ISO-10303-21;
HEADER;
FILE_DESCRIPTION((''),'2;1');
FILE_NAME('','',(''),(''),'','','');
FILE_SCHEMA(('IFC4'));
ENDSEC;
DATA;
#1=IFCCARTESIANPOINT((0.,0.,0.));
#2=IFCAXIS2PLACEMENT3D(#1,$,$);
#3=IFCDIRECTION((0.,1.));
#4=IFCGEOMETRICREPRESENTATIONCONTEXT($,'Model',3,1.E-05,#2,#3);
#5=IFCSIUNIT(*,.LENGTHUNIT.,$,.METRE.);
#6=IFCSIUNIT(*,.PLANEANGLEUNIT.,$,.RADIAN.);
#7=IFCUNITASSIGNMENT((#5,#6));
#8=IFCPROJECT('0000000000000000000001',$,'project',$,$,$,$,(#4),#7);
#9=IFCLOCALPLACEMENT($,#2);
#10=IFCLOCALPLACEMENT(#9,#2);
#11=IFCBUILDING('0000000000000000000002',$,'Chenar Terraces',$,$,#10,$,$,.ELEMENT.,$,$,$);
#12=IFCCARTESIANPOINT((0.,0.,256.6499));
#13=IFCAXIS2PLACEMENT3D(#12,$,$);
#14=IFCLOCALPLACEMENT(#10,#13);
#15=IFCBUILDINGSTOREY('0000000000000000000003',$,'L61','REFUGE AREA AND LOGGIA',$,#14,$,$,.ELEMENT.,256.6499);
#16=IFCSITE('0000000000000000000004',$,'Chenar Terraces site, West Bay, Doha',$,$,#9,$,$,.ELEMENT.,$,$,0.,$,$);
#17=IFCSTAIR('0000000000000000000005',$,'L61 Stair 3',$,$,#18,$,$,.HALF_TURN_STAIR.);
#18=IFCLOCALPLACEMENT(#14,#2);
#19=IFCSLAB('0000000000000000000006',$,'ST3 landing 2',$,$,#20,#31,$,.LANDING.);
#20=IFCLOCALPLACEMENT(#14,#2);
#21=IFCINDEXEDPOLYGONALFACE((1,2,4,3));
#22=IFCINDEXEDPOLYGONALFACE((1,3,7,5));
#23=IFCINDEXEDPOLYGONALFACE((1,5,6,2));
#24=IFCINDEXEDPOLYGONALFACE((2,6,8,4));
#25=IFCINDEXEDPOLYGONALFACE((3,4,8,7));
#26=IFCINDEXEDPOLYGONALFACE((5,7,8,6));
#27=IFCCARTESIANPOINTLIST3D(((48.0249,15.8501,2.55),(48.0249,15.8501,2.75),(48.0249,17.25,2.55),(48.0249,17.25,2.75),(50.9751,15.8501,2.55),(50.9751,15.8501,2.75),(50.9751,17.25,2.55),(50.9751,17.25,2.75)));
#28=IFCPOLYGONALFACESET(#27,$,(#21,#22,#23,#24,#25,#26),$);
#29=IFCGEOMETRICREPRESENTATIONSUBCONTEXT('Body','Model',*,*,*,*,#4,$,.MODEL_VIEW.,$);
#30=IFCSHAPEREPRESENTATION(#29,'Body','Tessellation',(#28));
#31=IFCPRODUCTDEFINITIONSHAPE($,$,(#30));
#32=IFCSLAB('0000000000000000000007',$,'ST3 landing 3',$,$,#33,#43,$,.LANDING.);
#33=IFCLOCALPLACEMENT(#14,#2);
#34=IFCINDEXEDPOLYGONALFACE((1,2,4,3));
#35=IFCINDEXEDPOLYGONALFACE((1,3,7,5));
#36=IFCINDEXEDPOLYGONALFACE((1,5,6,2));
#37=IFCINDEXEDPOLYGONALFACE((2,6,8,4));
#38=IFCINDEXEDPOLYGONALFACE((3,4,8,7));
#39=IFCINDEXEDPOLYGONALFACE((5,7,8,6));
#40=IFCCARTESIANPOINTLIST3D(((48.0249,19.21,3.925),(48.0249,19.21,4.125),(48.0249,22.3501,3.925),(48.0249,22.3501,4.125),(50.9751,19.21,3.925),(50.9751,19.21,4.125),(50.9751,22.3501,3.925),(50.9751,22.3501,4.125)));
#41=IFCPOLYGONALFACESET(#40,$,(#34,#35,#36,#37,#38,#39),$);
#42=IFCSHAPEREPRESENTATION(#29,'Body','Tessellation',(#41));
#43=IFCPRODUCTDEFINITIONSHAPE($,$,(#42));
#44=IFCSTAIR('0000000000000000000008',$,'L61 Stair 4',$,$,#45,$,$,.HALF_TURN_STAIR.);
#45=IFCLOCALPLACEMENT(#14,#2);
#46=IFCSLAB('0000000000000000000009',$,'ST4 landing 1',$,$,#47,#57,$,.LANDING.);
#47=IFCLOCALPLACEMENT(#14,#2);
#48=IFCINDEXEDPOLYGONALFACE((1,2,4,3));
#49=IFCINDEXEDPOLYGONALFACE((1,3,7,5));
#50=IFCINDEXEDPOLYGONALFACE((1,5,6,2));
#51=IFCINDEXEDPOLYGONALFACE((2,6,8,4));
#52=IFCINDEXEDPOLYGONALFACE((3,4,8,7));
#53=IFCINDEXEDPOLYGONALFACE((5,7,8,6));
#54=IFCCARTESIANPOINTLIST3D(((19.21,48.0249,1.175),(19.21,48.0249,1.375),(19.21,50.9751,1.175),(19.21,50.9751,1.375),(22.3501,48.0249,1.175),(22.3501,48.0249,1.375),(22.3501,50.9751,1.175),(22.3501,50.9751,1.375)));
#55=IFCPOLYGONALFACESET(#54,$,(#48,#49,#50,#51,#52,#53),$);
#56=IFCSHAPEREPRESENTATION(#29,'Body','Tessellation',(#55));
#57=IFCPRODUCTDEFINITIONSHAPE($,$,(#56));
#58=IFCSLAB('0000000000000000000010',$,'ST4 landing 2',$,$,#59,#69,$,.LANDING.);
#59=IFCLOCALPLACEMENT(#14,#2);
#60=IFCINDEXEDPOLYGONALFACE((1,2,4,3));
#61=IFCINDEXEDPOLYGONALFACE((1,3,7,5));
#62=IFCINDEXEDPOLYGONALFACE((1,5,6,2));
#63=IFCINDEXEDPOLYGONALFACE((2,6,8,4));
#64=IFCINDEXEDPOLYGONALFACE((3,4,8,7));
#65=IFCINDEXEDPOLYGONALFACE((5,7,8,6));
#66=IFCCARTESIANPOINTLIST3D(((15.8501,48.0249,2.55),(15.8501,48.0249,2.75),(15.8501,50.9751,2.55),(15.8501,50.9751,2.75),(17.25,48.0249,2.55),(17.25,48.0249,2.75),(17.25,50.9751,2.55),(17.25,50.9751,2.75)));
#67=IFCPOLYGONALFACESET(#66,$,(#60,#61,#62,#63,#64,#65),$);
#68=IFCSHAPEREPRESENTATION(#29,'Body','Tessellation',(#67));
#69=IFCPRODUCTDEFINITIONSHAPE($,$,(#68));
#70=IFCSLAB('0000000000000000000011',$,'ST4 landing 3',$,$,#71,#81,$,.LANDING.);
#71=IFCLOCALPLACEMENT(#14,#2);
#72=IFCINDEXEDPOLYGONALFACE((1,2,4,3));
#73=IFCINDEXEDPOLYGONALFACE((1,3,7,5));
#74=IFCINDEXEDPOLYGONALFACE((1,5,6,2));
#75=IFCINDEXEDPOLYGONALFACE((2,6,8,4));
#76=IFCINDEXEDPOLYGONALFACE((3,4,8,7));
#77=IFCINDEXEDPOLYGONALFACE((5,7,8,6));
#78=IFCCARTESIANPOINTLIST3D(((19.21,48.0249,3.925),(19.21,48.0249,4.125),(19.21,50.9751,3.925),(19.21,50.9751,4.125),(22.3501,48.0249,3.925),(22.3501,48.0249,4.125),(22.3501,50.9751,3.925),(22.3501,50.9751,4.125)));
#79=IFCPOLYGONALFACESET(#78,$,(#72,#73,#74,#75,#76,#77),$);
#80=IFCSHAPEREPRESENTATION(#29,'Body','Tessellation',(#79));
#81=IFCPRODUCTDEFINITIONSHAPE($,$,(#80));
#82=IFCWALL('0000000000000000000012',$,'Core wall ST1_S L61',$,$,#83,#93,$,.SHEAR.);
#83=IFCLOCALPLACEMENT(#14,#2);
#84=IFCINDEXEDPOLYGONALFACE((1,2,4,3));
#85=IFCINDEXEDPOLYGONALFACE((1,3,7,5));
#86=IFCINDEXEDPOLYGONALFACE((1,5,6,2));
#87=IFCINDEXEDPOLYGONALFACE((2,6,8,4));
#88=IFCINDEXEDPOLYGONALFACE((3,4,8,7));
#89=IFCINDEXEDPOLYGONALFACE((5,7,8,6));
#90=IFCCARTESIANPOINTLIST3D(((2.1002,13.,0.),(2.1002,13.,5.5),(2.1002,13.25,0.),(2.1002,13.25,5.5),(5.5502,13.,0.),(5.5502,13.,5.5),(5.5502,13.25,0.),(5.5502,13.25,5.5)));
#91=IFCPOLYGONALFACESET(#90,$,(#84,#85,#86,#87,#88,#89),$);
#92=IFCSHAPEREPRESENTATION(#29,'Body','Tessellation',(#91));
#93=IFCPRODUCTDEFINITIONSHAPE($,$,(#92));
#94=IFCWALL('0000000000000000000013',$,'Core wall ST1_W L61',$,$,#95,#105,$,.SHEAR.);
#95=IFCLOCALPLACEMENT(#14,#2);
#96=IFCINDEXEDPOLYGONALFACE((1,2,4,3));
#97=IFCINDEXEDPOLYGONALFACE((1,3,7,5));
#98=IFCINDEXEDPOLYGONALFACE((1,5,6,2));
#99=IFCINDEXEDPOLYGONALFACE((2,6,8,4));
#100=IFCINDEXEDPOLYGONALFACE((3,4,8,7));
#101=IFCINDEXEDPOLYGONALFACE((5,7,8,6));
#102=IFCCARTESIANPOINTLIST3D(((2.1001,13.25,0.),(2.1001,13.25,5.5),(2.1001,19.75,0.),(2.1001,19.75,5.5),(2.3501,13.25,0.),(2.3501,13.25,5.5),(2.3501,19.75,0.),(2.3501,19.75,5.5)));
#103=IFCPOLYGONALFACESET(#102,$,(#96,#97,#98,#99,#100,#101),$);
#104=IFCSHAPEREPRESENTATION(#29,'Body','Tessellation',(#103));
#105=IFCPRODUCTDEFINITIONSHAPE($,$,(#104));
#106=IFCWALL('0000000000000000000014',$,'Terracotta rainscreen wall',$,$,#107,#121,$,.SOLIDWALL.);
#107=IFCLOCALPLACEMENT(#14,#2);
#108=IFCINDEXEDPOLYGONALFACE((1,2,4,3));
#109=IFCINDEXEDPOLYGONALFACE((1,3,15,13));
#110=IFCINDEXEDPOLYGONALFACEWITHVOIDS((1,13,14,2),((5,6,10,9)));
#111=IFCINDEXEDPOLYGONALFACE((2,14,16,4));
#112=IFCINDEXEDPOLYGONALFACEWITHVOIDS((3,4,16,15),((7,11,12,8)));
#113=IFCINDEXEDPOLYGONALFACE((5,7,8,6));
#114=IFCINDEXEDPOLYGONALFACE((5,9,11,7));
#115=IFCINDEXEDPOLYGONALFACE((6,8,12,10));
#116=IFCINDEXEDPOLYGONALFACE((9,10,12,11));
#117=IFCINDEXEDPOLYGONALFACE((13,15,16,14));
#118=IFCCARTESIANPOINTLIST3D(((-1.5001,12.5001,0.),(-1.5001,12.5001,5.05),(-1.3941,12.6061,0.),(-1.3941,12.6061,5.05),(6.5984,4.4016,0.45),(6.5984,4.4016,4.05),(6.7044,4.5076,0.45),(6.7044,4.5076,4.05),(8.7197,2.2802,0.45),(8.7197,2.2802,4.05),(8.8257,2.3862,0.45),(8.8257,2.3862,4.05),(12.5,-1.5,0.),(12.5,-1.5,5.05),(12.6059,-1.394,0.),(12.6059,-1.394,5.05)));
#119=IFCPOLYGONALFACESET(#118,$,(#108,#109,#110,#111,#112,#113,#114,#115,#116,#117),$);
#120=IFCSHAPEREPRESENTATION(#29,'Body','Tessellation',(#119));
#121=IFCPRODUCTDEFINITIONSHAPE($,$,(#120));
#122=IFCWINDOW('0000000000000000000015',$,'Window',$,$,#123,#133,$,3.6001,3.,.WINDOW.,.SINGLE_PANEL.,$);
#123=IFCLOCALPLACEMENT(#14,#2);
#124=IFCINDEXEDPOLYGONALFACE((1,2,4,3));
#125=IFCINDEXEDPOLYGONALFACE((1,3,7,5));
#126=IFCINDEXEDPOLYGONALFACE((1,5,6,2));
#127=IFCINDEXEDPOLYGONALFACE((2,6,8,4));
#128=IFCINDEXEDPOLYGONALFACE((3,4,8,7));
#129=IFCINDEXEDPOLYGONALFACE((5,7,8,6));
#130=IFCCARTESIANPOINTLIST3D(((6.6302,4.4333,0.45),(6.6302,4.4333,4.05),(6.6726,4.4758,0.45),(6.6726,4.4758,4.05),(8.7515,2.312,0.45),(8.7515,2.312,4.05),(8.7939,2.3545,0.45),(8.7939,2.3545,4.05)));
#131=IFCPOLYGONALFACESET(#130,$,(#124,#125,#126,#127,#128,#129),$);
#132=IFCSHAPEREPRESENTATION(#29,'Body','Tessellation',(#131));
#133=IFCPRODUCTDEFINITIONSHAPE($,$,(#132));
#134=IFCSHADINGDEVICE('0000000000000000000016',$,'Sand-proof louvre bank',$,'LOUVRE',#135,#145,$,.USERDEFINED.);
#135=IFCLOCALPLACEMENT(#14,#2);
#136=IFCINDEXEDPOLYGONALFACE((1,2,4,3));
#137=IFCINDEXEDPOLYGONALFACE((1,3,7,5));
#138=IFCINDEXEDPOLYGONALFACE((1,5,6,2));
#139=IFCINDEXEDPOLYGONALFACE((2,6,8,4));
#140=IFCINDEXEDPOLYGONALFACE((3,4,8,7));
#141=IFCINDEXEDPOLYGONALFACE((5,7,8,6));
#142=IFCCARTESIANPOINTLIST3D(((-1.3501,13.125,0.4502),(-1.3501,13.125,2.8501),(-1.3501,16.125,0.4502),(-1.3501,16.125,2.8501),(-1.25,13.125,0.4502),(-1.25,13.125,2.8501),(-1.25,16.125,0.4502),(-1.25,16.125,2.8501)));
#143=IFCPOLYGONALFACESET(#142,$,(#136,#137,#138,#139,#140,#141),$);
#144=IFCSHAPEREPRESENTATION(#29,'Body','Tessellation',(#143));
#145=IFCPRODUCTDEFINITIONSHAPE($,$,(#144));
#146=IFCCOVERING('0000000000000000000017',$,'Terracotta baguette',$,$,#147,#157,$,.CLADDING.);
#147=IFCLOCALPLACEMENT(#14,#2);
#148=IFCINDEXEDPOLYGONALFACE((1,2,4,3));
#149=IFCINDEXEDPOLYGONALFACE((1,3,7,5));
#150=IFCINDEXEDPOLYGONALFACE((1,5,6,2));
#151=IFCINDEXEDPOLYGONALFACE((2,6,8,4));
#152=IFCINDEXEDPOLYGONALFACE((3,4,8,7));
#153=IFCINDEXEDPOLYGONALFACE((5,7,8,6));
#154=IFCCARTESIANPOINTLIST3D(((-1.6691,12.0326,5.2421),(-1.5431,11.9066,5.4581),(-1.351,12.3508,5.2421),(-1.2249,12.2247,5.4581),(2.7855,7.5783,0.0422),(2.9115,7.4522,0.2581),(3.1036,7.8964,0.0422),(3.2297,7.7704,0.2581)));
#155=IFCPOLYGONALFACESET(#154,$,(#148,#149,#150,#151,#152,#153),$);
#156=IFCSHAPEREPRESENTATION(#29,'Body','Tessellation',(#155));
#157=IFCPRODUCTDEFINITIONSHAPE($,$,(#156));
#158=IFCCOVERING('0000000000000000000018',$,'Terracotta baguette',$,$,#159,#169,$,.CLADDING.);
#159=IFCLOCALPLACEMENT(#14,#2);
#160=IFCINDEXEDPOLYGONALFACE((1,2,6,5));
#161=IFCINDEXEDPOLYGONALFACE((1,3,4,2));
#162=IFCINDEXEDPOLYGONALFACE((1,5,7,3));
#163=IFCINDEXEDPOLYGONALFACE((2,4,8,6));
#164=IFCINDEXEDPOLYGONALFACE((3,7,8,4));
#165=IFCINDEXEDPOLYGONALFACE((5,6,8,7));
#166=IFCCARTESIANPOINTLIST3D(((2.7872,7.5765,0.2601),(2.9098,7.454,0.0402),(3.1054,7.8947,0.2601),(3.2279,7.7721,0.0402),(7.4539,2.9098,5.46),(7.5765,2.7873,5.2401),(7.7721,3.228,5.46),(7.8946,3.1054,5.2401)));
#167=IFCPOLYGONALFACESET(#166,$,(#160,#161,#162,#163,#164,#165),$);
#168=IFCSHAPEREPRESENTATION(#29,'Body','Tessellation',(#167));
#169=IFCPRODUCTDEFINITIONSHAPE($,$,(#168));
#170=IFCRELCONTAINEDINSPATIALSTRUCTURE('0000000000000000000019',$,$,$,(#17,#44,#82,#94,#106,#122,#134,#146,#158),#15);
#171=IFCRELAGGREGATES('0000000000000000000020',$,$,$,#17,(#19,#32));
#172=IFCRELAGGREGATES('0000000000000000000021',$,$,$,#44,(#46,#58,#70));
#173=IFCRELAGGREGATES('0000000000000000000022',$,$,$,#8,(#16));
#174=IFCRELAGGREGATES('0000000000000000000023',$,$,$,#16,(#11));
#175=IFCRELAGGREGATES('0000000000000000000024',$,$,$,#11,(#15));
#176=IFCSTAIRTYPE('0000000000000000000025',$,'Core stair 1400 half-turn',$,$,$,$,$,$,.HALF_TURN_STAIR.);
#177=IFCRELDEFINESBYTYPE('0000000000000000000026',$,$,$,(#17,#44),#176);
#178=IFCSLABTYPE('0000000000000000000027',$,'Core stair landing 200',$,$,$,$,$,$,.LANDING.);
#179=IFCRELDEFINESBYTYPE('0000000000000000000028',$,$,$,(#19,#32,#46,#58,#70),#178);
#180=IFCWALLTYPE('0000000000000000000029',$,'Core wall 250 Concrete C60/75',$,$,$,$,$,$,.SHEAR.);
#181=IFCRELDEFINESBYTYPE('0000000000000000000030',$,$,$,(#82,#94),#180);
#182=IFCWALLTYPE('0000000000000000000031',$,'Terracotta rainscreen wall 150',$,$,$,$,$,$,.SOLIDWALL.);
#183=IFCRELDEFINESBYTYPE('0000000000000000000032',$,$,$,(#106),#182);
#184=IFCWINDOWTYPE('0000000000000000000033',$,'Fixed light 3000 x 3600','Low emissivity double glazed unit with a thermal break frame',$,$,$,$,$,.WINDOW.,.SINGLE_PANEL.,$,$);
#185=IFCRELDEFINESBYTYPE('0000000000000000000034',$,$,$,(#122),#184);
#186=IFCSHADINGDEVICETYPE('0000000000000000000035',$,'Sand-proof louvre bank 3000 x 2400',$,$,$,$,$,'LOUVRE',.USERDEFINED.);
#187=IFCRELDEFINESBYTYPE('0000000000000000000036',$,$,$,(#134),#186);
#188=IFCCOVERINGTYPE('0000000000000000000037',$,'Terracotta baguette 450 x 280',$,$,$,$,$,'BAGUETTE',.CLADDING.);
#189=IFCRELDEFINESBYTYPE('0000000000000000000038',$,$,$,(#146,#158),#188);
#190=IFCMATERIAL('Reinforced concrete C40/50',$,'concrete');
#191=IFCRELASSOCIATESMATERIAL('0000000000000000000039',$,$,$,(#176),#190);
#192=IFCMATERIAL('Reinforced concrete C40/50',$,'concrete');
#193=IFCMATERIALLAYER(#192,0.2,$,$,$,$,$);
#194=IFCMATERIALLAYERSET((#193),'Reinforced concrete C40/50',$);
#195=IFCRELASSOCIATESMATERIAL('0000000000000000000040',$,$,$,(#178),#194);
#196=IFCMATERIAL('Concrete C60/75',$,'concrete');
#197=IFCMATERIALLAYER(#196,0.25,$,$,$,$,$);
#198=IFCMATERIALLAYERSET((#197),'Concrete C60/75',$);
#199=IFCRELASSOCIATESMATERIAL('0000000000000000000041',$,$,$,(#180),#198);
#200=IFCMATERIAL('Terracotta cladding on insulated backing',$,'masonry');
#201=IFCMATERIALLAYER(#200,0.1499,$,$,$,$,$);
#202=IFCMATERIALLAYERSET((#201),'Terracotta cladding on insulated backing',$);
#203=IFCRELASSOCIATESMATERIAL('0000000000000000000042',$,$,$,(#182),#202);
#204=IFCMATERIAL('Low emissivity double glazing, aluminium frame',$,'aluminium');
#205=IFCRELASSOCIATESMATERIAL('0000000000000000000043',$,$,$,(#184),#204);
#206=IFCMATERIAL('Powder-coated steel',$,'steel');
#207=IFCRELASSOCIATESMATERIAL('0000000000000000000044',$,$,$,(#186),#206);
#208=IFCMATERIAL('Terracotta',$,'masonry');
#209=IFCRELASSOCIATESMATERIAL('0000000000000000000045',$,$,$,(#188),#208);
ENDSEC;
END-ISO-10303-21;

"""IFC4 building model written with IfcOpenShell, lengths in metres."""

from ifc_helpers import new_model, si_unit, direction, frame, frame_2d, origin, origin_2d, place, context, subcontext, project, spatial, polyline, rectangle, outline, extrude, material, layer, layer_set, material_profile, profile_set, type_object, element, fill, aggregate, save


model = new_model("IFC4")

# Units and contexts
model_context = context("Model", 3, precision=1e-05, world=origin(), true_north=direction((0.0, 1.0)))
body_context = subcontext(model_context, "Body", "Model", "MODEL_VIEW")
ifc_project = project(units=[si_unit("LENGTHUNIT", "METRE"), si_unit("PLANEANGLEUNIT", "RADIAN")], contexts=[model_context])

# Site, building, storey
site_placement = place(None, origin())
site = spatial("IfcSite", under=ifc_project, at=site_placement, Name="Chenar Terraces site, West Bay, Doha", CompositionType="ELEMENT", RefElevation=0.0)
building_placement = place(site_placement, origin())
building = spatial("IfcBuilding", under=site, at=building_placement, Name="Chenar Terraces", CompositionType="ELEMENT")
storey_placement = place(building_placement, frame((0.0, 0.0, 256.6499)))
storey = spatial("IfcBuildingStorey", under=building, at=storey_placement, Name="L61", Description="REFUGE AREA AND LOGGIA", CompositionType="ELEMENT", Elevation=256.6499)

# Stairs, slabs
ifc_material_1 = material(Name="Reinforced concrete C40/50", Category="concrete")
stair_type = type_object("IfcStairType", Name="Core stair 1400 half-turn", PredefinedType="HALF_TURN_STAIR", material=ifc_material_1)
placement_1 = place(storey_placement, origin())
stair_1 = element("IfcStair", 1, at=placement_1, inside=storey, type_object=stair_type, Name="L61 Stair 3", PredefinedType="HALF_TURN_STAIR")
ifc_material_2 = material(Name="Reinforced concrete C40/50", Category="concrete")
ifc_layer_1 = layer(ifc_material_2, 0.2)
ifc_layer_set_1 = layer_set([ifc_layer_1], Name="Reinforced concrete C40/50")
slab_type = type_object("IfcSlabType", Name="Core stair landing 200", PredefinedType="LANDING", material=ifc_layer_set_1)
placement_2 = place(storey_placement, frame((0.0, 0.0, 2.55)))
slab_1 = element("IfcSlab", 2, at=placement_2, type_object=slab_type, Name="ST3 landing 2", PredefinedType="LANDING", context=body_context, shape_type="SweptSolid", body=[
    extrude(outline(polyline([(50.9751, 15.8501), (50.9751, 17.25), (48.0249, 17.25), (48.0249, 15.8501), (50.9751, 15.8501)])), origin(), (0.0, 0.0, 1.0), 0.2),
])
placement_3 = place(storey_placement, frame((0.0, 0.0, 3.925)))
slab_2 = element("IfcSlab", 3, at=placement_3, type_object=slab_type, Name="ST3 landing 3", PredefinedType="LANDING", context=body_context, shape_type="SweptSolid", body=[
    extrude(outline(polyline([(50.9751, 19.21), (50.9751, 22.3501), (48.0249, 22.3501), (48.0249, 19.21), (50.9751, 19.21)])), origin(), (0.0, 0.0, 1.0), 0.2),
])
aggregate(stair_1, [slab_1, slab_2])
stair_2 = element("IfcStair", 4, at=placement_1, inside=storey, type_object=stair_type, Name="L61 Stair 4", PredefinedType="HALF_TURN_STAIR")
slab_3_placement = place(storey_placement, frame((0.0, 0.0, 1.175)))
slab_3 = element("IfcSlab", 5, at=slab_3_placement, type_object=slab_type, Name="ST4 landing 1", PredefinedType="LANDING", context=body_context, shape_type="SweptSolid", body=[
    extrude(outline(polyline([(19.21, 48.0249), (22.3501, 48.0249), (22.3501, 50.9751), (19.21, 50.9751), (19.21, 48.0249)])), origin(), (0.0, 0.0, 1.0), 0.2),
])
slab_4 = element("IfcSlab", 6, at=placement_2, type_object=slab_type, Name="ST4 landing 2", PredefinedType="LANDING", context=body_context, shape_type="SweptSolid", body=[
    extrude(outline(polyline([(15.8501, 48.0249), (17.25, 48.0249), (17.25, 50.9751), (15.8501, 50.9751), (15.8501, 48.0249)])), origin(), (0.0, 0.0, 1.0), 0.2),
])
slab_5 = element("IfcSlab", 7, at=placement_3, type_object=slab_type, Name="ST4 landing 3", PredefinedType="LANDING", context=body_context, shape_type="SweptSolid", body=[
    extrude(outline(polyline([(19.21, 48.0249), (22.3501, 48.0249), (22.3501, 50.9751), (19.21, 50.9751), (19.21, 48.0249)])), origin(), (0.0, 0.0, 1.0), 0.2),
])
aggregate(stair_2, [slab_3, slab_4, slab_5])

# Walls
ifc_material_3 = material(Name="Concrete C60/75", Category="concrete")
ifc_layer_2 = layer(ifc_material_3, 0.25)
ifc_layer_set_2 = layer_set([ifc_layer_2], Name="Concrete C60/75")
wall_type_1 = type_object("IfcWallType", Name="Core wall 250 Concrete C60/75", PredefinedType="SHEAR", material=ifc_layer_set_2)
wall_1_placement = place(storey_placement, frame((2.1001, 13.125, 0.0), z_axis=(0.0, 0.0, 1.0), x_axis=(1.0, 0.0, 0.0)))
element("IfcWall", 8, at=wall_1_placement, inside=storey, type_object=wall_type_1, Name="Core wall ST1_S L61", PredefinedType="SHEAR", context=body_context, shape_type="SweptSolid", body=[
    extrude(rectangle(XDim=3.45, YDim=0.25, at=frame_2d((1.7251, 0.0))), origin(), (0.0, 0.0, 1.0), 5.5),
])
wall_2_placement = place(storey_placement, frame((2.2251, 13.25, 0.0), z_axis=(0.0, 0.0, 1.0), x_axis=(0.0, 1.0, 0.0)))
element("IfcWall", 9, at=wall_2_placement, inside=storey, type_object=wall_type_1, Name="Core wall ST1_W L61", PredefinedType="SHEAR", context=body_context, shape_type="SweptSolid", body=[
    extrude(rectangle(XDim=6.5, YDim=0.25, at=frame_2d((3.25, 0.0))), origin(), (0.0, 0.0, 1.0), 5.5),
])

# Wall, opening, window
ifc_material_4 = material(Name="Terracotta cladding on insulated backing", Category="masonry")
ifc_layer_3 = layer(ifc_material_4, 0.1499)
ifc_layer_set_3 = layer_set([ifc_layer_3], Name="Terracotta cladding on insulated backing")
wall_type_2 = type_object("IfcWallType", Name="Terracotta rainscreen wall 150", PredefinedType="SOLIDWALL", material=ifc_layer_set_3)
wall_3_placement = place(storey_placement, frame((-1.447, 12.553, 0.0), z_axis=(0.0, 0.0, 1.0), x_axis=(0.707107, -0.707107, 0.0)))
wall_3 = element("IfcWall", 10, at=wall_3_placement, inside=storey, type_object=wall_type_2, Name="Terracotta rainscreen wall", PredefinedType="SOLIDWALL", context=body_context, shape_type="SweptSolid", body=[
    extrude(rectangle(XDim=19.7991, YDim=0.1499, at=frame_2d((9.8994, 0.0))), origin(), (0.0, 0.0, 1.0), 5.05),
])
opening_placement = place(wall_3_placement, frame((11.4529, 0.0, 0.45)))
opening = element("IfcOpeningElement", 11, at=opening_placement, cuts=wall_3, PredefinedType="OPENING", context=body_context, shape_type="SweptSolid", body=[
    extrude(rectangle(XDim=3.0, YDim=3.6001, at=frame_2d((1.5, 1.8))), frame((0.0, 0.085, 0.0), z_axis=(0.0, -1.0, 0.0), x_axis=(1.0, 0.0, 0.0)), (0.0, 0.0, 1.0), 0.1699),
])
ifc_material_5 = material(Name="Low emissivity double glazing, aluminium frame", Category="aluminium")
window_type = type_object("IfcWindowType", Name="Fixed light 3000 x 3600", Description="Low emissivity double glazed unit with a thermal break frame", PartitioningType="SINGLE_PANEL", PredefinedType="WINDOW", material=ifc_material_5)
window_placement = place(opening_placement, origin())
window = element("IfcWindow", 12, at=window_placement, inside=storey, type_object=window_type, Name="Window", OverallHeight=3.6001, OverallWidth=3.0, PartitioningType="SINGLE_PANEL", PredefinedType="WINDOW", context=body_context, shape_type="SweptSolid", body=[
    extrude(rectangle(XDim=3.0, YDim=3.6001, at=frame_2d((1.5, 1.8))), frame((0.0, 0.03, 0.0), z_axis=(0.0, -1.0, 0.0), x_axis=(1.0, 0.0, 0.0)), (0.0, 0.0, 1.0), 0.0601),
])
fill(opening, window)

# Shading device
ifc_material_6 = material(Name="Powder-coated steel", Category="steel")
shading_device_type = type_object("IfcShadingDeviceType", Name="Sand-proof louvre bank 3000 x 2400", ElementType="LOUVRE", PredefinedType="USERDEFINED", material=ifc_material_6)
shading_device_placement = place(storey_placement, frame((-1.3, 14.625, 0.4502), z_axis=(0.0, 0.0, 1.0), x_axis=(0.0, -1.0, 0.0)))
element("IfcShadingDevice", 13, at=shading_device_placement, inside=storey, type_object=shading_device_type, Name="Sand-proof louvre bank", ObjectType="LOUVRE", PredefinedType="USERDEFINED", context=body_context, shape_type="SweptSolid", body=[
    extrude(rectangle(XDim=3.0, YDim=0.1001, at=origin_2d()), origin(), (0.0, 0.0, 1.0), 2.3999),
])

# Coverings
ifc_material_7 = material(Name="Terracotta", Category="masonry")
ifc_material_profile = material_profile(ifc_material_7, rectangle(XDim=0.45, YDim=0.28, at=origin_2d()), Name="Terracotta baguette 450 x 280")
ifc_profile_set = profile_set([ifc_material_profile], Name="Terracotta")
covering_type = type_object("IfcCoveringType", Name="Terracotta baguette 450 x 280", ElementType="BAGUETTE", PredefinedType="CLADDING", material=ifc_profile_set)
covering_1_placement = place(storey_placement, frame((-1.447, 12.1287, 5.3501), z_axis=(0.545339, -0.545309, -0.636587), x_axis=(0.707087, 0.707126, 0.0)))
element("IfcCovering", 14, at=covering_1_placement, inside=storey, type_object=covering_type, Name="Terracotta baguette", PredefinedType="CLADDING", context=body_context, shape_type="SweptSolid", body=[
    extrude(rectangle(XDim=0.45, YDim=0.28, at=origin_2d()), origin(), (0.0, 0.0, 1.0), 8.1685),
])
covering_2_placement = place(storey_placement, frame((3.0076, 7.6743, 0.1501), z_axis=(0.555421, -0.555421, 0.618881), x_axis=(0.707107, 0.707107, 0.0)))
element("IfcCovering", 15, at=covering_2_placement, inside=storey, type_object=covering_type, Name="Terracotta baguette", PredefinedType="CLADDING", context=body_context, shape_type="SweptSolid", body=[
    extrude(rectangle(XDim=0.45, YDim=0.28, at=origin_2d()), origin(), (0.0, 0.0, 1.0), 8.4021),
])

save(model, "model.ifc")
